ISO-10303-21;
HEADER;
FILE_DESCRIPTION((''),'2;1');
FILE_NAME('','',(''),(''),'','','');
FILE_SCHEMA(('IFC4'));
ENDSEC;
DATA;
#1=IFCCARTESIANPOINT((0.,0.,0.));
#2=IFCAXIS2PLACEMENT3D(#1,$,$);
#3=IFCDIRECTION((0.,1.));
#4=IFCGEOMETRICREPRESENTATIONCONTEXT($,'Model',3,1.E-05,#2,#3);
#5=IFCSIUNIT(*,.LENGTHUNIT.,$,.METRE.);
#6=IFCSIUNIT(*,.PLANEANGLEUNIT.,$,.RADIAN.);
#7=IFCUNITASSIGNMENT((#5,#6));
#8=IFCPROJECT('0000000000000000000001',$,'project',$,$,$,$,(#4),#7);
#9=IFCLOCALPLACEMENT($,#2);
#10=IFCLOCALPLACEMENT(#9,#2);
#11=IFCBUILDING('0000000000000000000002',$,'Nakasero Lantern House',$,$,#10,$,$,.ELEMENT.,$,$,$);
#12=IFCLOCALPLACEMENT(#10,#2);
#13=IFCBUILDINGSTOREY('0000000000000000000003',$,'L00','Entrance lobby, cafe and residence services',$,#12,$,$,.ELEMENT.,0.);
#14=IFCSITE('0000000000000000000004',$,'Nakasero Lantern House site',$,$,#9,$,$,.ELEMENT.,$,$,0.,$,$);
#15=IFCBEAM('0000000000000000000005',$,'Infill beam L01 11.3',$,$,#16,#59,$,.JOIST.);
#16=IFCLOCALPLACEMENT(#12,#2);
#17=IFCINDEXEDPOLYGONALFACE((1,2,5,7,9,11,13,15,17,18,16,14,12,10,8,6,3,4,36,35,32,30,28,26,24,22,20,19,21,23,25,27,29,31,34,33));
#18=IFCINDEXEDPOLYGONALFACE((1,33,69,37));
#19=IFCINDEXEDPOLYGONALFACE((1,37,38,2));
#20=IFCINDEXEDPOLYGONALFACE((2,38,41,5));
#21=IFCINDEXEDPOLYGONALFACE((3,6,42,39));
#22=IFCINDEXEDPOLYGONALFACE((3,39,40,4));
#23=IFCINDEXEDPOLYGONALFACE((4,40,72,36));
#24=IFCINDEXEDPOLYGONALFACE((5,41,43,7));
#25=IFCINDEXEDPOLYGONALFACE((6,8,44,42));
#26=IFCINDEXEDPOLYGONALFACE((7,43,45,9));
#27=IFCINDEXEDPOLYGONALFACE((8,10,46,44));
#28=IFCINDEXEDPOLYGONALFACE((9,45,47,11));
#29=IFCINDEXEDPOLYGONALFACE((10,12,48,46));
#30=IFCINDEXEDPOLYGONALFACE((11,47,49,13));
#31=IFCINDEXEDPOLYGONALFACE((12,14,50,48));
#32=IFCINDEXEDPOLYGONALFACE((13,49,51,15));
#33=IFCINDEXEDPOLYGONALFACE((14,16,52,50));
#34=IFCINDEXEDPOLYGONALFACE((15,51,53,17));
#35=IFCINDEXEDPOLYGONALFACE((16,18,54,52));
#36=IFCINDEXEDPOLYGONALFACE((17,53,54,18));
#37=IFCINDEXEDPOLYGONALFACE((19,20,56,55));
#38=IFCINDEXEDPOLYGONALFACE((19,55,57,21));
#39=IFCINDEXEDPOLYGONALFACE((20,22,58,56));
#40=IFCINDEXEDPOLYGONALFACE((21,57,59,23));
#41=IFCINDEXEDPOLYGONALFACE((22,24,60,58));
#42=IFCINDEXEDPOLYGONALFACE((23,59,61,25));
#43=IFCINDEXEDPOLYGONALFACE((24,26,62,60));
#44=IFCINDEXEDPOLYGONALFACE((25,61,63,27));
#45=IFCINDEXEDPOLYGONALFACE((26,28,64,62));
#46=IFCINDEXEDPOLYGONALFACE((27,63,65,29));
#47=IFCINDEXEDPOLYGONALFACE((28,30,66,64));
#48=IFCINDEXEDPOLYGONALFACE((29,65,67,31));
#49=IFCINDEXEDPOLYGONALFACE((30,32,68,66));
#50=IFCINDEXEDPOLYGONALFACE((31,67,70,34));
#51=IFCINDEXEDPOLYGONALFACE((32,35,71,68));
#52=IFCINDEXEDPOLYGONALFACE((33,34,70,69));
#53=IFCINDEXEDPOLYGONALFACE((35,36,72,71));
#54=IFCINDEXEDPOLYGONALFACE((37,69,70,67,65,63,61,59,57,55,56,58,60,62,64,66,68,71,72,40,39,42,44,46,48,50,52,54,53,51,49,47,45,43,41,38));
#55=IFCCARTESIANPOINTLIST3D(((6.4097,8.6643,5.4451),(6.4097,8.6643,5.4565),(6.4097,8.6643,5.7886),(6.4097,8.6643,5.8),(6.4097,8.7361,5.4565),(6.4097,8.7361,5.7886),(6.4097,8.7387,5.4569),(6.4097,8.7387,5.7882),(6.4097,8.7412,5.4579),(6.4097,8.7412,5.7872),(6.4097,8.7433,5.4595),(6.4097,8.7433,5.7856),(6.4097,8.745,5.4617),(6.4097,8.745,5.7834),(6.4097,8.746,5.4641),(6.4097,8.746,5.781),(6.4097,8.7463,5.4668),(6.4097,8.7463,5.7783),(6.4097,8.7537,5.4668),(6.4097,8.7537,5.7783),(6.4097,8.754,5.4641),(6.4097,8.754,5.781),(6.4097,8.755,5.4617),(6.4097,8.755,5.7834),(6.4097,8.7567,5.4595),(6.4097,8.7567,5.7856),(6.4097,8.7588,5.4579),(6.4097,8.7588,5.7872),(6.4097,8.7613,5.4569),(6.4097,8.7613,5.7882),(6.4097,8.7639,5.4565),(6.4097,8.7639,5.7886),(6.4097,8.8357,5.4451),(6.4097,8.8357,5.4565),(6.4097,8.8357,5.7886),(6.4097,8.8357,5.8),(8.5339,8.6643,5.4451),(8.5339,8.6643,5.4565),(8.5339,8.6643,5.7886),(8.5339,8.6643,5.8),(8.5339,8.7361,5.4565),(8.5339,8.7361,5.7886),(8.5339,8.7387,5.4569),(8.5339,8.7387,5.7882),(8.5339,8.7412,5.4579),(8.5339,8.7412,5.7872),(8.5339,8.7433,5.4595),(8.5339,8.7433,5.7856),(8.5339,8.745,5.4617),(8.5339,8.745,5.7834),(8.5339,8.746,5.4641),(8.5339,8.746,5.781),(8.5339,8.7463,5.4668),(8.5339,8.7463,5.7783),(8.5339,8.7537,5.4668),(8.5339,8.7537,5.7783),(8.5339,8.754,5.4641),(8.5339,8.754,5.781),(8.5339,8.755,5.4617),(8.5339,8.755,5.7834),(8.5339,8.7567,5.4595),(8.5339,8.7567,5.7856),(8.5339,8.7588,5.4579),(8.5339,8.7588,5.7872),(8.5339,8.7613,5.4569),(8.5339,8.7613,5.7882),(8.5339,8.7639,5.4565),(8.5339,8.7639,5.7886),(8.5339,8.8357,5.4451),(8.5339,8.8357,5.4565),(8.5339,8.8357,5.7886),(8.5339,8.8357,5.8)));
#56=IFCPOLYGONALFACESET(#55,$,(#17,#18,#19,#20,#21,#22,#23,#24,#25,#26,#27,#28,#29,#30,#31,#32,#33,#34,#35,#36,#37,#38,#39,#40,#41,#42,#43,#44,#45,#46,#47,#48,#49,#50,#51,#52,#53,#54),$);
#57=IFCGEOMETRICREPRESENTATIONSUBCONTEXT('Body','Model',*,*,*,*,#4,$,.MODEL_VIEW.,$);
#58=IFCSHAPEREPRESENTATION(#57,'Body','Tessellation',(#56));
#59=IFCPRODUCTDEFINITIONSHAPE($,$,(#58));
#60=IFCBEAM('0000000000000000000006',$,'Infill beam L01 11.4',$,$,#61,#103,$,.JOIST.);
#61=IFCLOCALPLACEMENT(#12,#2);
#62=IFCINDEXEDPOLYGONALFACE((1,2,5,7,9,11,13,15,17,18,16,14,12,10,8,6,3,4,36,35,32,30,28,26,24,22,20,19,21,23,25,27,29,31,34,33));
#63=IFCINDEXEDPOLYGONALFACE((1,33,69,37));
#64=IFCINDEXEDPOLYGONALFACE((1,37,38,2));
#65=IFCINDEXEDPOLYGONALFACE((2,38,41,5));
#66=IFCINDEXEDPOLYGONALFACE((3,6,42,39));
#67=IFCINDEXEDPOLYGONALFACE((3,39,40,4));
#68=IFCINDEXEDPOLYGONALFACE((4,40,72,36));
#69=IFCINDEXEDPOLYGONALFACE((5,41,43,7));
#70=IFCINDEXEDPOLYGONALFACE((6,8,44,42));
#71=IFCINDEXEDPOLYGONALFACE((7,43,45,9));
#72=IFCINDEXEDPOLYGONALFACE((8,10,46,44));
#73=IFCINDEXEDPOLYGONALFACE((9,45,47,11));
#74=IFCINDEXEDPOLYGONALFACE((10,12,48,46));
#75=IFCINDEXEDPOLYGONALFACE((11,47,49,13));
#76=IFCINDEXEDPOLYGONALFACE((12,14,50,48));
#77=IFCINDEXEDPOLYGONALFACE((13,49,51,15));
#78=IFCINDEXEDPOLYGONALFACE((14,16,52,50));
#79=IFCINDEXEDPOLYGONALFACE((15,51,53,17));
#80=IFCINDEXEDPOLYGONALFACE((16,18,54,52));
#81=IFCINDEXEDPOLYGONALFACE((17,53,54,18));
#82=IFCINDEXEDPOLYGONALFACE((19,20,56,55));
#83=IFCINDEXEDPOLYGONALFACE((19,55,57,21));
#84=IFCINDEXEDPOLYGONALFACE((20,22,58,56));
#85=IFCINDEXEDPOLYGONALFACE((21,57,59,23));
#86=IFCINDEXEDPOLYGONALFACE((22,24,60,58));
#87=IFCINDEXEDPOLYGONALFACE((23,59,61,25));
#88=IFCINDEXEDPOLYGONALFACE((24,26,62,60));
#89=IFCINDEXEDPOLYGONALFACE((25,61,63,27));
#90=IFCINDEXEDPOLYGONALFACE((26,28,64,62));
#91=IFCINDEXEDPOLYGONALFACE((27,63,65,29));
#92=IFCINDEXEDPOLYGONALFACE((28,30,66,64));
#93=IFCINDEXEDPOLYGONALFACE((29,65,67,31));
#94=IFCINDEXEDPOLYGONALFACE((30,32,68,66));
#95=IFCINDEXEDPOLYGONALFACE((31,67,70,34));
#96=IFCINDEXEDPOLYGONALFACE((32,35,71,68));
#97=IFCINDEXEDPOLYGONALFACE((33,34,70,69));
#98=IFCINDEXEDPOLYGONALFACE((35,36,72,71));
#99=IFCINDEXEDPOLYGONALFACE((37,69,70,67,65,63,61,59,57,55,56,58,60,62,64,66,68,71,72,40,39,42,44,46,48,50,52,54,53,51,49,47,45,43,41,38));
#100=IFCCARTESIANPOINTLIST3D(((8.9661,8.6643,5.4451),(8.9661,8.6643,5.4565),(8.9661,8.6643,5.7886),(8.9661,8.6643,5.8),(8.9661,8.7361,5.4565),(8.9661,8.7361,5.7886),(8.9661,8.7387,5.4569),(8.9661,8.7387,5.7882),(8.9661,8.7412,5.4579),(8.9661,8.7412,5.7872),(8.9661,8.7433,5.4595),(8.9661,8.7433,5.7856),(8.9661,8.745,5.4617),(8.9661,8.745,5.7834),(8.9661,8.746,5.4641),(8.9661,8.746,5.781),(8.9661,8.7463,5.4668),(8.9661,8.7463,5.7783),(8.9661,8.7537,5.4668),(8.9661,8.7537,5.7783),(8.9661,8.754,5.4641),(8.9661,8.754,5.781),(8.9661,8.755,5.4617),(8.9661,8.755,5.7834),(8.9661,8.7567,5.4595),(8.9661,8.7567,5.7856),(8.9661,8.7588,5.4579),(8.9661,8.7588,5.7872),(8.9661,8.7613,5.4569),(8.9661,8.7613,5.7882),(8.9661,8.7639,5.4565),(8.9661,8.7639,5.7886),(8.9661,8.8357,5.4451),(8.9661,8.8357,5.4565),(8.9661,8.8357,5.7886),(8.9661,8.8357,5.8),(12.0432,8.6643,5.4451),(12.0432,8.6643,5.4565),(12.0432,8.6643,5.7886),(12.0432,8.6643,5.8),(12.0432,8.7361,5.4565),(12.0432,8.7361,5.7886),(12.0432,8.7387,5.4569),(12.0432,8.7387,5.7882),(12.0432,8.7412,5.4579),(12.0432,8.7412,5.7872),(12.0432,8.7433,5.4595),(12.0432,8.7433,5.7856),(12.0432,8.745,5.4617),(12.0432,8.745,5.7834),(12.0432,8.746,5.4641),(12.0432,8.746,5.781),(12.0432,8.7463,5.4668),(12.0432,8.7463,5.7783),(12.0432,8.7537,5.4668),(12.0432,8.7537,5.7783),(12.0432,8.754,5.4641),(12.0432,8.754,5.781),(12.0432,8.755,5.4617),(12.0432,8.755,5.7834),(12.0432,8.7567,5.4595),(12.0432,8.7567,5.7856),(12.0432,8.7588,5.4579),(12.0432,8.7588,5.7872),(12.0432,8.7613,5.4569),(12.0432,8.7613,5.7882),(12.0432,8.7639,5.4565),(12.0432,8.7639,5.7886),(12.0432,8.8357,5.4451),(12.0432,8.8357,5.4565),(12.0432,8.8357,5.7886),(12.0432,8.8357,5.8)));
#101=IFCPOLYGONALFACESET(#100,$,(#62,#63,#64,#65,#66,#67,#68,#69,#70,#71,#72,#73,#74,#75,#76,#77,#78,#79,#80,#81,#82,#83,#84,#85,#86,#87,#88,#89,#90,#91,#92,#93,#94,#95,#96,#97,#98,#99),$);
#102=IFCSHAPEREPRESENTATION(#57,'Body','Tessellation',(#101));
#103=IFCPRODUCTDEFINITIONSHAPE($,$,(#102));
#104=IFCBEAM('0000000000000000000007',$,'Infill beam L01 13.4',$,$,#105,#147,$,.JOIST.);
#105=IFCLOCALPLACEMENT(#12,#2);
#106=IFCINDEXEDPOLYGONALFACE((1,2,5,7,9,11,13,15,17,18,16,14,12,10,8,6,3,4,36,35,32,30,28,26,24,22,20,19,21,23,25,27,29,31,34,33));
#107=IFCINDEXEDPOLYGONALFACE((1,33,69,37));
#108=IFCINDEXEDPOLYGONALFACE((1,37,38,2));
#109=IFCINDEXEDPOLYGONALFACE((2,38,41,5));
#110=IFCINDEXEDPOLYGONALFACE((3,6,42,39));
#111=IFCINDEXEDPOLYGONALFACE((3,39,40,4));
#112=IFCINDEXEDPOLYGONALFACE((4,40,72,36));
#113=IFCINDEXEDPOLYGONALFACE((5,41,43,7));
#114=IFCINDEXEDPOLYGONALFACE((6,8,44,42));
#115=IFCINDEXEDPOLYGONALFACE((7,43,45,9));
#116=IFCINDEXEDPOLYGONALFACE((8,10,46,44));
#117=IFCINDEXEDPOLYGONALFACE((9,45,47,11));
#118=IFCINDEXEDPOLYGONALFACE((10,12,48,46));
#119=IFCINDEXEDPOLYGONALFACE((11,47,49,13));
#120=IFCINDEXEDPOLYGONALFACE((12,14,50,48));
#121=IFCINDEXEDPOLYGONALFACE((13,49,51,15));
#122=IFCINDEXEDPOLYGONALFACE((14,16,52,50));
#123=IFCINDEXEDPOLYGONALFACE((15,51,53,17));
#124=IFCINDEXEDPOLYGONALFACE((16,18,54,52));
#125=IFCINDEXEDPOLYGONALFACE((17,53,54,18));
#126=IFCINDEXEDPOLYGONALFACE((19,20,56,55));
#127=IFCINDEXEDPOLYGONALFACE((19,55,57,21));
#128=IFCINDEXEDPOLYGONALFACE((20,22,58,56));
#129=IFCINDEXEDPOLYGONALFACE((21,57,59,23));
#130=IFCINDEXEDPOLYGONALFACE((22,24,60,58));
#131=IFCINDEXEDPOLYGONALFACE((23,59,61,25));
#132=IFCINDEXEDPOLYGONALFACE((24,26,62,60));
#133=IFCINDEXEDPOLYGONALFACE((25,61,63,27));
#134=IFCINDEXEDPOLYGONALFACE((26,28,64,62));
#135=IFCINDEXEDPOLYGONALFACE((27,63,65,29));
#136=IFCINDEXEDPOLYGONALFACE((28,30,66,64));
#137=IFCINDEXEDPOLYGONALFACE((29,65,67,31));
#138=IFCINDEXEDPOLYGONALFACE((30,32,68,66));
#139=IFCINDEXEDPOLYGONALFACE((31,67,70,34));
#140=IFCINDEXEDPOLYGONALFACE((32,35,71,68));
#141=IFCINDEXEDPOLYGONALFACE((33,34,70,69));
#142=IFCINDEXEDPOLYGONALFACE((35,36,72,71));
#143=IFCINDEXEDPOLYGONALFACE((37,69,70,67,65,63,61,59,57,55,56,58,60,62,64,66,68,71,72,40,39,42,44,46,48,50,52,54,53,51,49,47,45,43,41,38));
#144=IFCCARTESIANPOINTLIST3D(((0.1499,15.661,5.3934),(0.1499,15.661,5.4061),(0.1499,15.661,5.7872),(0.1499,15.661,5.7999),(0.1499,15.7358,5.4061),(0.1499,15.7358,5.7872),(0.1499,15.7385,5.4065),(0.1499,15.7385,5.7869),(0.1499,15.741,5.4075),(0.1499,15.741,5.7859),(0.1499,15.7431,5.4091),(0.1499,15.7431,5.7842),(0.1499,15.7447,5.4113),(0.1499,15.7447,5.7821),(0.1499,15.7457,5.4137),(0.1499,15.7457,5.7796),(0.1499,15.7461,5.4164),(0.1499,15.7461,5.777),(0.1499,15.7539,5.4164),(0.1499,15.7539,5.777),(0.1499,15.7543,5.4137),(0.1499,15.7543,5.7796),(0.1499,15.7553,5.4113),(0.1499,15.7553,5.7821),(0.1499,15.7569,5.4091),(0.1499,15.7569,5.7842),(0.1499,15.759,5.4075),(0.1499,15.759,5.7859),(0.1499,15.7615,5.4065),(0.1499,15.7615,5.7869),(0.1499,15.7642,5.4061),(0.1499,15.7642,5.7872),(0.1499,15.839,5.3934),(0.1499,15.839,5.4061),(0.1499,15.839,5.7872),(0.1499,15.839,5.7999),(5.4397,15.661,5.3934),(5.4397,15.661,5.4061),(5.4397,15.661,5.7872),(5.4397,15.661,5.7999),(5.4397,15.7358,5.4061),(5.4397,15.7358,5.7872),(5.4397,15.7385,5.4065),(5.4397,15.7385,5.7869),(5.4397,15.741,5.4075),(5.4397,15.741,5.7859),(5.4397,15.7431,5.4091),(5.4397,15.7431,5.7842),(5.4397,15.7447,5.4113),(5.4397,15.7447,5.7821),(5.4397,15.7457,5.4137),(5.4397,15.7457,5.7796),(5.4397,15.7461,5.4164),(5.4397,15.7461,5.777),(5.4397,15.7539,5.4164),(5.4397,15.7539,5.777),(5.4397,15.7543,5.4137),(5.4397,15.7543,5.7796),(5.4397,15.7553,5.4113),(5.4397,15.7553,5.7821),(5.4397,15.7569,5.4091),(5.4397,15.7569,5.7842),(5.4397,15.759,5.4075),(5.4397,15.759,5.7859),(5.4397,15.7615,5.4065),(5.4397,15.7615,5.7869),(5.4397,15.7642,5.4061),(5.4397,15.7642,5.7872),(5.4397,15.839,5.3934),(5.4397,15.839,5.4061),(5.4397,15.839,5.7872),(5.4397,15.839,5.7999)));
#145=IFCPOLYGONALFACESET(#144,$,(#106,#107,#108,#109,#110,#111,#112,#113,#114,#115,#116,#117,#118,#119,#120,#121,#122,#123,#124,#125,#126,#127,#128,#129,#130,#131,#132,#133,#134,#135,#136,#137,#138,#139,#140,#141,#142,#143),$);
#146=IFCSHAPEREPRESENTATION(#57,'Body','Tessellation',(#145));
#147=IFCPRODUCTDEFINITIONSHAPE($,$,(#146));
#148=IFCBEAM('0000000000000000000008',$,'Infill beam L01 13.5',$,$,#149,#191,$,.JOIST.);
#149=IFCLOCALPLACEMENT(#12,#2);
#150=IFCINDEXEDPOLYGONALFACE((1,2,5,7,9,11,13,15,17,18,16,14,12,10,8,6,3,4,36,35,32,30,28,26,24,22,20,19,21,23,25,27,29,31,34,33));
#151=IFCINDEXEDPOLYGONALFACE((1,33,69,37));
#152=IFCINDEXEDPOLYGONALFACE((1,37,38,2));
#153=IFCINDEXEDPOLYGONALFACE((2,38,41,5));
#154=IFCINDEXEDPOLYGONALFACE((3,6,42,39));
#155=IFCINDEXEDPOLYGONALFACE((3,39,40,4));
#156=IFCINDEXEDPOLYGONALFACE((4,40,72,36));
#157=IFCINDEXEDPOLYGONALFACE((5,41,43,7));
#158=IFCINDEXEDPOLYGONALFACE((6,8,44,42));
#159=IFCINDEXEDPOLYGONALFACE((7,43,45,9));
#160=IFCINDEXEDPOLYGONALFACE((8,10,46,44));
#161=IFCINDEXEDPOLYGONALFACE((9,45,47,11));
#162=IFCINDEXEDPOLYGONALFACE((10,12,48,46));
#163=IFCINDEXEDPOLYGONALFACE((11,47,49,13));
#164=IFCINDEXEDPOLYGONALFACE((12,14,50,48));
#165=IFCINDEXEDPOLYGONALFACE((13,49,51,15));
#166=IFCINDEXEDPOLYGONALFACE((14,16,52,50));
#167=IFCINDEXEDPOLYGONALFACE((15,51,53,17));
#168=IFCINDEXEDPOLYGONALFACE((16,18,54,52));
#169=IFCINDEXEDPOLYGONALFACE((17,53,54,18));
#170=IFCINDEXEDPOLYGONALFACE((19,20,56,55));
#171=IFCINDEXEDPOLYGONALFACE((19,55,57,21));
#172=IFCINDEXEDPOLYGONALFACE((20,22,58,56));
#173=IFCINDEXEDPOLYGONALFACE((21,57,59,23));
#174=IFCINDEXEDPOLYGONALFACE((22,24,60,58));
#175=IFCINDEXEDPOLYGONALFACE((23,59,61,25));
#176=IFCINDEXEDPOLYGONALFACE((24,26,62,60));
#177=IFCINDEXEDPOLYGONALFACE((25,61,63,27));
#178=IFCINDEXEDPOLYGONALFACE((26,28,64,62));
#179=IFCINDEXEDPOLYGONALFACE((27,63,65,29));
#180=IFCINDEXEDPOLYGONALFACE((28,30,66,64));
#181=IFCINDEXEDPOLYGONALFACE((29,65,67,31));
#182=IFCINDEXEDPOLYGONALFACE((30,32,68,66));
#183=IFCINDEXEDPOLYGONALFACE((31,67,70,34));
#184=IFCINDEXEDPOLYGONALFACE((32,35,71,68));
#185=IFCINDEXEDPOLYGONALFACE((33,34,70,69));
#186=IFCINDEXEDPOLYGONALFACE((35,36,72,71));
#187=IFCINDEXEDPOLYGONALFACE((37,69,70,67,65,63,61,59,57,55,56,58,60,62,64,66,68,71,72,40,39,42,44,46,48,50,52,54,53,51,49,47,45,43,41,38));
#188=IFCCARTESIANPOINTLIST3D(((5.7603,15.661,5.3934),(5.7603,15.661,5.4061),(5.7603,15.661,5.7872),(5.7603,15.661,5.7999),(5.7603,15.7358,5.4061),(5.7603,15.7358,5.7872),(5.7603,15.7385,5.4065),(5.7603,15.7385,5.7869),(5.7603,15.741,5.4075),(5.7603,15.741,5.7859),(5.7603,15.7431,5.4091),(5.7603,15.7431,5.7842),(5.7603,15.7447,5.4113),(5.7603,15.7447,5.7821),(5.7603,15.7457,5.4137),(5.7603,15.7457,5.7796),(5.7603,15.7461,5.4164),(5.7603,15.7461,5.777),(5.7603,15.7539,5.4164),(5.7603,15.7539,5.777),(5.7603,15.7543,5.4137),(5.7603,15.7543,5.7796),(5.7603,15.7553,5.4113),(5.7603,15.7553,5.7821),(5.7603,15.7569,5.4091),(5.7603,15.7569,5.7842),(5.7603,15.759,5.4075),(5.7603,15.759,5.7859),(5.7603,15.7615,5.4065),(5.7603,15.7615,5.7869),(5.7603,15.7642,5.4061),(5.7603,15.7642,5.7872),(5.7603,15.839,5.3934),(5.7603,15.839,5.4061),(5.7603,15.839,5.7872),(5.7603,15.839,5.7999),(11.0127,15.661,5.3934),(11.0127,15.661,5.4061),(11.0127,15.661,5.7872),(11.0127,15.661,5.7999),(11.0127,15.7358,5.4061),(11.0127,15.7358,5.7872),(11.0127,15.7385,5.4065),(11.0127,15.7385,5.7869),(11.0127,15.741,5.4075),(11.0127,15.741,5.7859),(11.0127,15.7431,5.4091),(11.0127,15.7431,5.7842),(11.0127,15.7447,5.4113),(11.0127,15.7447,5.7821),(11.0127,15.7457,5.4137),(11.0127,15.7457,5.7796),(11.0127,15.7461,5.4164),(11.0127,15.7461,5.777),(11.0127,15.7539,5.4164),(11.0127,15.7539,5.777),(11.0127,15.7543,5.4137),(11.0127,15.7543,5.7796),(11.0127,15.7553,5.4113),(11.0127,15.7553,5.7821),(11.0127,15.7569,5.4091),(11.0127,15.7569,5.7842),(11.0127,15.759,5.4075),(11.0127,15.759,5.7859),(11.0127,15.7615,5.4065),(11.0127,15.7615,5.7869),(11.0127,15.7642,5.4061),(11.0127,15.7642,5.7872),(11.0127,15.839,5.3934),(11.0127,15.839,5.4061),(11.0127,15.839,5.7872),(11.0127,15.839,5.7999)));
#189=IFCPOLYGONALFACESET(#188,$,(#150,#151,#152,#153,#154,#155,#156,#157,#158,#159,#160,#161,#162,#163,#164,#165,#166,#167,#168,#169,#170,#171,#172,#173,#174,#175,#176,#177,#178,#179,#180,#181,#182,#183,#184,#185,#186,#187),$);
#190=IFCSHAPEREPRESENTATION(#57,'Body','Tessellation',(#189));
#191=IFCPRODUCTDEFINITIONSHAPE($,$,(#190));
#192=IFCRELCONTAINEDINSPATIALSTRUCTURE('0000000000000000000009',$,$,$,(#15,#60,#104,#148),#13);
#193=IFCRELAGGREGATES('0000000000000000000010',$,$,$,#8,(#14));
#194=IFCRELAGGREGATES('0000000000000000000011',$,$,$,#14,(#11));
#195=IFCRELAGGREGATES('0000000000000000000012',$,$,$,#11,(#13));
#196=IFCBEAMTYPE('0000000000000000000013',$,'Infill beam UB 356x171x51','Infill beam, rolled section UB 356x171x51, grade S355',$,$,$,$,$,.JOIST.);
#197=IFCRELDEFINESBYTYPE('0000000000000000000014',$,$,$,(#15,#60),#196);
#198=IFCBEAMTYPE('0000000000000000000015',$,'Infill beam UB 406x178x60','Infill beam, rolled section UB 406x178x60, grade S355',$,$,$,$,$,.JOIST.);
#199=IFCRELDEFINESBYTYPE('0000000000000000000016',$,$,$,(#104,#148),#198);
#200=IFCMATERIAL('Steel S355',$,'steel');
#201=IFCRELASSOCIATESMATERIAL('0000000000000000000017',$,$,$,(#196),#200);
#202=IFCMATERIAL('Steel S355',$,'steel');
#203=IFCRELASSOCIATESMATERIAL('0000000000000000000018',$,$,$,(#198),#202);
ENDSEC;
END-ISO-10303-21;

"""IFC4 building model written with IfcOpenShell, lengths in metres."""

from ifc_helpers import new_model, si_unit, direction, frame, origin, origin_2d, place, context, subcontext, project, spatial, i_section, extrude, material, material_profile, profile_set, type_object, element, save


model = new_model("IFC4")

# Units and contexts
model_context = context("Model", 3, precision=1e-05, world=origin(), true_north=direction((0.0, 1.0)))
body_context = subcontext(model_context, "Body", "Model", "MODEL_VIEW")
ifc_project = project(units=[si_unit("LENGTHUNIT", "METRE"), si_unit("PLANEANGLEUNIT", "RADIAN")], contexts=[model_context])

# Site, building, storey
site_placement = place(None, origin())
site = spatial("IfcSite", under=ifc_project, at=site_placement, Name="Nakasero Lantern House site", CompositionType="ELEMENT", RefElevation=0.0)
building_placement = place(site_placement, origin())
building = spatial("IfcBuilding", under=site, at=building_placement, Name="Nakasero Lantern House", CompositionType="ELEMENT")
storey_placement = place(building_placement, origin())
storey = spatial("IfcBuildingStorey", under=building, at=storey_placement, Name="L00", Description="Entrance lobby, cafe and residence services", CompositionType="ELEMENT", Elevation=0.0)

# Beams
ifc_material_1 = material(Name="Steel S355", Category="steel")
ifc_material_profile_1 = material_profile(ifc_material_1, i_section(OverallWidth=0.1714, OverallDepth=0.355, WebThickness=0.0073, FlangeThickness=0.0115, FilletRadius=0.0103, at=origin_2d()), Name="UB 356x171x51")
ifc_profile_set_1 = profile_set([ifc_material_profile_1], Name="Steel S355")
beam_type_1 = type_object("IfcBeamType", Name="Infill beam UB 356x171x51", Description="Infill beam, rolled section UB 356x171x51, grade S355", PredefinedType="JOIST", material=ifc_profile_set_1)
beam_1_placement = place(storey_placement, frame((6.4097, 8.75, 5.6226), z_axis=(1.0, 0.0, 0.0), x_axis=(0.0, 1.0, 0.0)))
element("IfcBeam", 1, at=beam_1_placement, inside=storey, type_object=beam_type_1, Name="Infill beam L01 11.3", PredefinedType="JOIST", context=body_context, shape_type="SweptSolid", body=[
    extrude(i_section(OverallWidth=0.1714, OverallDepth=0.355, WebThickness=0.0073, FlangeThickness=0.0115, FilletRadius=0.0103, at=origin_2d()), origin(), (0.0, 0.0, 1.0), 2.1243),
])
beam_2_placement = place(storey_placement, frame((8.9661, 8.75, 5.6226), z_axis=(1.0, 0.0, 0.0), x_axis=(0.0, 1.0, 0.0)))
element("IfcBeam", 2, at=beam_2_placement, inside=storey, type_object=beam_type_1, Name="Infill beam L01 11.4", PredefinedType="JOIST", context=body_context, shape_type="SweptSolid", body=[
    extrude(i_section(OverallWidth=0.1714, OverallDepth=0.355, WebThickness=0.0073, FlangeThickness=0.0115, FilletRadius=0.0103, at=origin_2d()), origin(), (0.0, 0.0, 1.0), 3.0771),
])
ifc_material_2 = material(Name="Steel S355", Category="steel")
ifc_material_profile_2 = material_profile(ifc_material_2, i_section(OverallWidth=0.178, OverallDepth=0.4065, WebThickness=0.0078, FlangeThickness=0.0127, FilletRadius=0.0103, at=origin_2d()), Name="UB 406x178x60")
ifc_profile_set_2 = profile_set([ifc_material_profile_2], Name="Steel S355")
beam_type_2 = type_object("IfcBeamType", Name="Infill beam UB 406x178x60", Description="Infill beam, rolled section UB 406x178x60, grade S355", PredefinedType="JOIST", material=ifc_profile_set_2)
beam_3_placement = place(storey_placement, frame((0.1499, 15.75, 5.5967), z_axis=(1.0, 0.0, 0.0), x_axis=(0.0, 1.0, 0.0)))
element("IfcBeam", 3, at=beam_3_placement, inside=storey, type_object=beam_type_2, Name="Infill beam L01 13.4", PredefinedType="JOIST", context=body_context, shape_type="SweptSolid", body=[
    extrude(i_section(OverallWidth=0.178, OverallDepth=0.4065, WebThickness=0.0078, FlangeThickness=0.0127, FilletRadius=0.0103, at=origin_2d()), origin(), (0.0, 0.0, 1.0), 5.2898),
])
beam_4_placement = place(storey_placement, frame((5.7603, 15.75, 5.5967), z_axis=(1.0, 0.0, 0.0), x_axis=(0.0, 1.0, 0.0)))
element("IfcBeam", 4, at=beam_4_placement, inside=storey, type_object=beam_type_2, Name="Infill beam L01 13.5", PredefinedType="JOIST", context=body_context, shape_type="SweptSolid", body=[
    extrude(i_section(OverallWidth=0.178, OverallDepth=0.4065, WebThickness=0.0078, FlangeThickness=0.0127, FilletRadius=0.0103, at=origin_2d()), origin(), (0.0, 0.0, 1.0), 5.2524),
])

save(model, "model.ifc")
